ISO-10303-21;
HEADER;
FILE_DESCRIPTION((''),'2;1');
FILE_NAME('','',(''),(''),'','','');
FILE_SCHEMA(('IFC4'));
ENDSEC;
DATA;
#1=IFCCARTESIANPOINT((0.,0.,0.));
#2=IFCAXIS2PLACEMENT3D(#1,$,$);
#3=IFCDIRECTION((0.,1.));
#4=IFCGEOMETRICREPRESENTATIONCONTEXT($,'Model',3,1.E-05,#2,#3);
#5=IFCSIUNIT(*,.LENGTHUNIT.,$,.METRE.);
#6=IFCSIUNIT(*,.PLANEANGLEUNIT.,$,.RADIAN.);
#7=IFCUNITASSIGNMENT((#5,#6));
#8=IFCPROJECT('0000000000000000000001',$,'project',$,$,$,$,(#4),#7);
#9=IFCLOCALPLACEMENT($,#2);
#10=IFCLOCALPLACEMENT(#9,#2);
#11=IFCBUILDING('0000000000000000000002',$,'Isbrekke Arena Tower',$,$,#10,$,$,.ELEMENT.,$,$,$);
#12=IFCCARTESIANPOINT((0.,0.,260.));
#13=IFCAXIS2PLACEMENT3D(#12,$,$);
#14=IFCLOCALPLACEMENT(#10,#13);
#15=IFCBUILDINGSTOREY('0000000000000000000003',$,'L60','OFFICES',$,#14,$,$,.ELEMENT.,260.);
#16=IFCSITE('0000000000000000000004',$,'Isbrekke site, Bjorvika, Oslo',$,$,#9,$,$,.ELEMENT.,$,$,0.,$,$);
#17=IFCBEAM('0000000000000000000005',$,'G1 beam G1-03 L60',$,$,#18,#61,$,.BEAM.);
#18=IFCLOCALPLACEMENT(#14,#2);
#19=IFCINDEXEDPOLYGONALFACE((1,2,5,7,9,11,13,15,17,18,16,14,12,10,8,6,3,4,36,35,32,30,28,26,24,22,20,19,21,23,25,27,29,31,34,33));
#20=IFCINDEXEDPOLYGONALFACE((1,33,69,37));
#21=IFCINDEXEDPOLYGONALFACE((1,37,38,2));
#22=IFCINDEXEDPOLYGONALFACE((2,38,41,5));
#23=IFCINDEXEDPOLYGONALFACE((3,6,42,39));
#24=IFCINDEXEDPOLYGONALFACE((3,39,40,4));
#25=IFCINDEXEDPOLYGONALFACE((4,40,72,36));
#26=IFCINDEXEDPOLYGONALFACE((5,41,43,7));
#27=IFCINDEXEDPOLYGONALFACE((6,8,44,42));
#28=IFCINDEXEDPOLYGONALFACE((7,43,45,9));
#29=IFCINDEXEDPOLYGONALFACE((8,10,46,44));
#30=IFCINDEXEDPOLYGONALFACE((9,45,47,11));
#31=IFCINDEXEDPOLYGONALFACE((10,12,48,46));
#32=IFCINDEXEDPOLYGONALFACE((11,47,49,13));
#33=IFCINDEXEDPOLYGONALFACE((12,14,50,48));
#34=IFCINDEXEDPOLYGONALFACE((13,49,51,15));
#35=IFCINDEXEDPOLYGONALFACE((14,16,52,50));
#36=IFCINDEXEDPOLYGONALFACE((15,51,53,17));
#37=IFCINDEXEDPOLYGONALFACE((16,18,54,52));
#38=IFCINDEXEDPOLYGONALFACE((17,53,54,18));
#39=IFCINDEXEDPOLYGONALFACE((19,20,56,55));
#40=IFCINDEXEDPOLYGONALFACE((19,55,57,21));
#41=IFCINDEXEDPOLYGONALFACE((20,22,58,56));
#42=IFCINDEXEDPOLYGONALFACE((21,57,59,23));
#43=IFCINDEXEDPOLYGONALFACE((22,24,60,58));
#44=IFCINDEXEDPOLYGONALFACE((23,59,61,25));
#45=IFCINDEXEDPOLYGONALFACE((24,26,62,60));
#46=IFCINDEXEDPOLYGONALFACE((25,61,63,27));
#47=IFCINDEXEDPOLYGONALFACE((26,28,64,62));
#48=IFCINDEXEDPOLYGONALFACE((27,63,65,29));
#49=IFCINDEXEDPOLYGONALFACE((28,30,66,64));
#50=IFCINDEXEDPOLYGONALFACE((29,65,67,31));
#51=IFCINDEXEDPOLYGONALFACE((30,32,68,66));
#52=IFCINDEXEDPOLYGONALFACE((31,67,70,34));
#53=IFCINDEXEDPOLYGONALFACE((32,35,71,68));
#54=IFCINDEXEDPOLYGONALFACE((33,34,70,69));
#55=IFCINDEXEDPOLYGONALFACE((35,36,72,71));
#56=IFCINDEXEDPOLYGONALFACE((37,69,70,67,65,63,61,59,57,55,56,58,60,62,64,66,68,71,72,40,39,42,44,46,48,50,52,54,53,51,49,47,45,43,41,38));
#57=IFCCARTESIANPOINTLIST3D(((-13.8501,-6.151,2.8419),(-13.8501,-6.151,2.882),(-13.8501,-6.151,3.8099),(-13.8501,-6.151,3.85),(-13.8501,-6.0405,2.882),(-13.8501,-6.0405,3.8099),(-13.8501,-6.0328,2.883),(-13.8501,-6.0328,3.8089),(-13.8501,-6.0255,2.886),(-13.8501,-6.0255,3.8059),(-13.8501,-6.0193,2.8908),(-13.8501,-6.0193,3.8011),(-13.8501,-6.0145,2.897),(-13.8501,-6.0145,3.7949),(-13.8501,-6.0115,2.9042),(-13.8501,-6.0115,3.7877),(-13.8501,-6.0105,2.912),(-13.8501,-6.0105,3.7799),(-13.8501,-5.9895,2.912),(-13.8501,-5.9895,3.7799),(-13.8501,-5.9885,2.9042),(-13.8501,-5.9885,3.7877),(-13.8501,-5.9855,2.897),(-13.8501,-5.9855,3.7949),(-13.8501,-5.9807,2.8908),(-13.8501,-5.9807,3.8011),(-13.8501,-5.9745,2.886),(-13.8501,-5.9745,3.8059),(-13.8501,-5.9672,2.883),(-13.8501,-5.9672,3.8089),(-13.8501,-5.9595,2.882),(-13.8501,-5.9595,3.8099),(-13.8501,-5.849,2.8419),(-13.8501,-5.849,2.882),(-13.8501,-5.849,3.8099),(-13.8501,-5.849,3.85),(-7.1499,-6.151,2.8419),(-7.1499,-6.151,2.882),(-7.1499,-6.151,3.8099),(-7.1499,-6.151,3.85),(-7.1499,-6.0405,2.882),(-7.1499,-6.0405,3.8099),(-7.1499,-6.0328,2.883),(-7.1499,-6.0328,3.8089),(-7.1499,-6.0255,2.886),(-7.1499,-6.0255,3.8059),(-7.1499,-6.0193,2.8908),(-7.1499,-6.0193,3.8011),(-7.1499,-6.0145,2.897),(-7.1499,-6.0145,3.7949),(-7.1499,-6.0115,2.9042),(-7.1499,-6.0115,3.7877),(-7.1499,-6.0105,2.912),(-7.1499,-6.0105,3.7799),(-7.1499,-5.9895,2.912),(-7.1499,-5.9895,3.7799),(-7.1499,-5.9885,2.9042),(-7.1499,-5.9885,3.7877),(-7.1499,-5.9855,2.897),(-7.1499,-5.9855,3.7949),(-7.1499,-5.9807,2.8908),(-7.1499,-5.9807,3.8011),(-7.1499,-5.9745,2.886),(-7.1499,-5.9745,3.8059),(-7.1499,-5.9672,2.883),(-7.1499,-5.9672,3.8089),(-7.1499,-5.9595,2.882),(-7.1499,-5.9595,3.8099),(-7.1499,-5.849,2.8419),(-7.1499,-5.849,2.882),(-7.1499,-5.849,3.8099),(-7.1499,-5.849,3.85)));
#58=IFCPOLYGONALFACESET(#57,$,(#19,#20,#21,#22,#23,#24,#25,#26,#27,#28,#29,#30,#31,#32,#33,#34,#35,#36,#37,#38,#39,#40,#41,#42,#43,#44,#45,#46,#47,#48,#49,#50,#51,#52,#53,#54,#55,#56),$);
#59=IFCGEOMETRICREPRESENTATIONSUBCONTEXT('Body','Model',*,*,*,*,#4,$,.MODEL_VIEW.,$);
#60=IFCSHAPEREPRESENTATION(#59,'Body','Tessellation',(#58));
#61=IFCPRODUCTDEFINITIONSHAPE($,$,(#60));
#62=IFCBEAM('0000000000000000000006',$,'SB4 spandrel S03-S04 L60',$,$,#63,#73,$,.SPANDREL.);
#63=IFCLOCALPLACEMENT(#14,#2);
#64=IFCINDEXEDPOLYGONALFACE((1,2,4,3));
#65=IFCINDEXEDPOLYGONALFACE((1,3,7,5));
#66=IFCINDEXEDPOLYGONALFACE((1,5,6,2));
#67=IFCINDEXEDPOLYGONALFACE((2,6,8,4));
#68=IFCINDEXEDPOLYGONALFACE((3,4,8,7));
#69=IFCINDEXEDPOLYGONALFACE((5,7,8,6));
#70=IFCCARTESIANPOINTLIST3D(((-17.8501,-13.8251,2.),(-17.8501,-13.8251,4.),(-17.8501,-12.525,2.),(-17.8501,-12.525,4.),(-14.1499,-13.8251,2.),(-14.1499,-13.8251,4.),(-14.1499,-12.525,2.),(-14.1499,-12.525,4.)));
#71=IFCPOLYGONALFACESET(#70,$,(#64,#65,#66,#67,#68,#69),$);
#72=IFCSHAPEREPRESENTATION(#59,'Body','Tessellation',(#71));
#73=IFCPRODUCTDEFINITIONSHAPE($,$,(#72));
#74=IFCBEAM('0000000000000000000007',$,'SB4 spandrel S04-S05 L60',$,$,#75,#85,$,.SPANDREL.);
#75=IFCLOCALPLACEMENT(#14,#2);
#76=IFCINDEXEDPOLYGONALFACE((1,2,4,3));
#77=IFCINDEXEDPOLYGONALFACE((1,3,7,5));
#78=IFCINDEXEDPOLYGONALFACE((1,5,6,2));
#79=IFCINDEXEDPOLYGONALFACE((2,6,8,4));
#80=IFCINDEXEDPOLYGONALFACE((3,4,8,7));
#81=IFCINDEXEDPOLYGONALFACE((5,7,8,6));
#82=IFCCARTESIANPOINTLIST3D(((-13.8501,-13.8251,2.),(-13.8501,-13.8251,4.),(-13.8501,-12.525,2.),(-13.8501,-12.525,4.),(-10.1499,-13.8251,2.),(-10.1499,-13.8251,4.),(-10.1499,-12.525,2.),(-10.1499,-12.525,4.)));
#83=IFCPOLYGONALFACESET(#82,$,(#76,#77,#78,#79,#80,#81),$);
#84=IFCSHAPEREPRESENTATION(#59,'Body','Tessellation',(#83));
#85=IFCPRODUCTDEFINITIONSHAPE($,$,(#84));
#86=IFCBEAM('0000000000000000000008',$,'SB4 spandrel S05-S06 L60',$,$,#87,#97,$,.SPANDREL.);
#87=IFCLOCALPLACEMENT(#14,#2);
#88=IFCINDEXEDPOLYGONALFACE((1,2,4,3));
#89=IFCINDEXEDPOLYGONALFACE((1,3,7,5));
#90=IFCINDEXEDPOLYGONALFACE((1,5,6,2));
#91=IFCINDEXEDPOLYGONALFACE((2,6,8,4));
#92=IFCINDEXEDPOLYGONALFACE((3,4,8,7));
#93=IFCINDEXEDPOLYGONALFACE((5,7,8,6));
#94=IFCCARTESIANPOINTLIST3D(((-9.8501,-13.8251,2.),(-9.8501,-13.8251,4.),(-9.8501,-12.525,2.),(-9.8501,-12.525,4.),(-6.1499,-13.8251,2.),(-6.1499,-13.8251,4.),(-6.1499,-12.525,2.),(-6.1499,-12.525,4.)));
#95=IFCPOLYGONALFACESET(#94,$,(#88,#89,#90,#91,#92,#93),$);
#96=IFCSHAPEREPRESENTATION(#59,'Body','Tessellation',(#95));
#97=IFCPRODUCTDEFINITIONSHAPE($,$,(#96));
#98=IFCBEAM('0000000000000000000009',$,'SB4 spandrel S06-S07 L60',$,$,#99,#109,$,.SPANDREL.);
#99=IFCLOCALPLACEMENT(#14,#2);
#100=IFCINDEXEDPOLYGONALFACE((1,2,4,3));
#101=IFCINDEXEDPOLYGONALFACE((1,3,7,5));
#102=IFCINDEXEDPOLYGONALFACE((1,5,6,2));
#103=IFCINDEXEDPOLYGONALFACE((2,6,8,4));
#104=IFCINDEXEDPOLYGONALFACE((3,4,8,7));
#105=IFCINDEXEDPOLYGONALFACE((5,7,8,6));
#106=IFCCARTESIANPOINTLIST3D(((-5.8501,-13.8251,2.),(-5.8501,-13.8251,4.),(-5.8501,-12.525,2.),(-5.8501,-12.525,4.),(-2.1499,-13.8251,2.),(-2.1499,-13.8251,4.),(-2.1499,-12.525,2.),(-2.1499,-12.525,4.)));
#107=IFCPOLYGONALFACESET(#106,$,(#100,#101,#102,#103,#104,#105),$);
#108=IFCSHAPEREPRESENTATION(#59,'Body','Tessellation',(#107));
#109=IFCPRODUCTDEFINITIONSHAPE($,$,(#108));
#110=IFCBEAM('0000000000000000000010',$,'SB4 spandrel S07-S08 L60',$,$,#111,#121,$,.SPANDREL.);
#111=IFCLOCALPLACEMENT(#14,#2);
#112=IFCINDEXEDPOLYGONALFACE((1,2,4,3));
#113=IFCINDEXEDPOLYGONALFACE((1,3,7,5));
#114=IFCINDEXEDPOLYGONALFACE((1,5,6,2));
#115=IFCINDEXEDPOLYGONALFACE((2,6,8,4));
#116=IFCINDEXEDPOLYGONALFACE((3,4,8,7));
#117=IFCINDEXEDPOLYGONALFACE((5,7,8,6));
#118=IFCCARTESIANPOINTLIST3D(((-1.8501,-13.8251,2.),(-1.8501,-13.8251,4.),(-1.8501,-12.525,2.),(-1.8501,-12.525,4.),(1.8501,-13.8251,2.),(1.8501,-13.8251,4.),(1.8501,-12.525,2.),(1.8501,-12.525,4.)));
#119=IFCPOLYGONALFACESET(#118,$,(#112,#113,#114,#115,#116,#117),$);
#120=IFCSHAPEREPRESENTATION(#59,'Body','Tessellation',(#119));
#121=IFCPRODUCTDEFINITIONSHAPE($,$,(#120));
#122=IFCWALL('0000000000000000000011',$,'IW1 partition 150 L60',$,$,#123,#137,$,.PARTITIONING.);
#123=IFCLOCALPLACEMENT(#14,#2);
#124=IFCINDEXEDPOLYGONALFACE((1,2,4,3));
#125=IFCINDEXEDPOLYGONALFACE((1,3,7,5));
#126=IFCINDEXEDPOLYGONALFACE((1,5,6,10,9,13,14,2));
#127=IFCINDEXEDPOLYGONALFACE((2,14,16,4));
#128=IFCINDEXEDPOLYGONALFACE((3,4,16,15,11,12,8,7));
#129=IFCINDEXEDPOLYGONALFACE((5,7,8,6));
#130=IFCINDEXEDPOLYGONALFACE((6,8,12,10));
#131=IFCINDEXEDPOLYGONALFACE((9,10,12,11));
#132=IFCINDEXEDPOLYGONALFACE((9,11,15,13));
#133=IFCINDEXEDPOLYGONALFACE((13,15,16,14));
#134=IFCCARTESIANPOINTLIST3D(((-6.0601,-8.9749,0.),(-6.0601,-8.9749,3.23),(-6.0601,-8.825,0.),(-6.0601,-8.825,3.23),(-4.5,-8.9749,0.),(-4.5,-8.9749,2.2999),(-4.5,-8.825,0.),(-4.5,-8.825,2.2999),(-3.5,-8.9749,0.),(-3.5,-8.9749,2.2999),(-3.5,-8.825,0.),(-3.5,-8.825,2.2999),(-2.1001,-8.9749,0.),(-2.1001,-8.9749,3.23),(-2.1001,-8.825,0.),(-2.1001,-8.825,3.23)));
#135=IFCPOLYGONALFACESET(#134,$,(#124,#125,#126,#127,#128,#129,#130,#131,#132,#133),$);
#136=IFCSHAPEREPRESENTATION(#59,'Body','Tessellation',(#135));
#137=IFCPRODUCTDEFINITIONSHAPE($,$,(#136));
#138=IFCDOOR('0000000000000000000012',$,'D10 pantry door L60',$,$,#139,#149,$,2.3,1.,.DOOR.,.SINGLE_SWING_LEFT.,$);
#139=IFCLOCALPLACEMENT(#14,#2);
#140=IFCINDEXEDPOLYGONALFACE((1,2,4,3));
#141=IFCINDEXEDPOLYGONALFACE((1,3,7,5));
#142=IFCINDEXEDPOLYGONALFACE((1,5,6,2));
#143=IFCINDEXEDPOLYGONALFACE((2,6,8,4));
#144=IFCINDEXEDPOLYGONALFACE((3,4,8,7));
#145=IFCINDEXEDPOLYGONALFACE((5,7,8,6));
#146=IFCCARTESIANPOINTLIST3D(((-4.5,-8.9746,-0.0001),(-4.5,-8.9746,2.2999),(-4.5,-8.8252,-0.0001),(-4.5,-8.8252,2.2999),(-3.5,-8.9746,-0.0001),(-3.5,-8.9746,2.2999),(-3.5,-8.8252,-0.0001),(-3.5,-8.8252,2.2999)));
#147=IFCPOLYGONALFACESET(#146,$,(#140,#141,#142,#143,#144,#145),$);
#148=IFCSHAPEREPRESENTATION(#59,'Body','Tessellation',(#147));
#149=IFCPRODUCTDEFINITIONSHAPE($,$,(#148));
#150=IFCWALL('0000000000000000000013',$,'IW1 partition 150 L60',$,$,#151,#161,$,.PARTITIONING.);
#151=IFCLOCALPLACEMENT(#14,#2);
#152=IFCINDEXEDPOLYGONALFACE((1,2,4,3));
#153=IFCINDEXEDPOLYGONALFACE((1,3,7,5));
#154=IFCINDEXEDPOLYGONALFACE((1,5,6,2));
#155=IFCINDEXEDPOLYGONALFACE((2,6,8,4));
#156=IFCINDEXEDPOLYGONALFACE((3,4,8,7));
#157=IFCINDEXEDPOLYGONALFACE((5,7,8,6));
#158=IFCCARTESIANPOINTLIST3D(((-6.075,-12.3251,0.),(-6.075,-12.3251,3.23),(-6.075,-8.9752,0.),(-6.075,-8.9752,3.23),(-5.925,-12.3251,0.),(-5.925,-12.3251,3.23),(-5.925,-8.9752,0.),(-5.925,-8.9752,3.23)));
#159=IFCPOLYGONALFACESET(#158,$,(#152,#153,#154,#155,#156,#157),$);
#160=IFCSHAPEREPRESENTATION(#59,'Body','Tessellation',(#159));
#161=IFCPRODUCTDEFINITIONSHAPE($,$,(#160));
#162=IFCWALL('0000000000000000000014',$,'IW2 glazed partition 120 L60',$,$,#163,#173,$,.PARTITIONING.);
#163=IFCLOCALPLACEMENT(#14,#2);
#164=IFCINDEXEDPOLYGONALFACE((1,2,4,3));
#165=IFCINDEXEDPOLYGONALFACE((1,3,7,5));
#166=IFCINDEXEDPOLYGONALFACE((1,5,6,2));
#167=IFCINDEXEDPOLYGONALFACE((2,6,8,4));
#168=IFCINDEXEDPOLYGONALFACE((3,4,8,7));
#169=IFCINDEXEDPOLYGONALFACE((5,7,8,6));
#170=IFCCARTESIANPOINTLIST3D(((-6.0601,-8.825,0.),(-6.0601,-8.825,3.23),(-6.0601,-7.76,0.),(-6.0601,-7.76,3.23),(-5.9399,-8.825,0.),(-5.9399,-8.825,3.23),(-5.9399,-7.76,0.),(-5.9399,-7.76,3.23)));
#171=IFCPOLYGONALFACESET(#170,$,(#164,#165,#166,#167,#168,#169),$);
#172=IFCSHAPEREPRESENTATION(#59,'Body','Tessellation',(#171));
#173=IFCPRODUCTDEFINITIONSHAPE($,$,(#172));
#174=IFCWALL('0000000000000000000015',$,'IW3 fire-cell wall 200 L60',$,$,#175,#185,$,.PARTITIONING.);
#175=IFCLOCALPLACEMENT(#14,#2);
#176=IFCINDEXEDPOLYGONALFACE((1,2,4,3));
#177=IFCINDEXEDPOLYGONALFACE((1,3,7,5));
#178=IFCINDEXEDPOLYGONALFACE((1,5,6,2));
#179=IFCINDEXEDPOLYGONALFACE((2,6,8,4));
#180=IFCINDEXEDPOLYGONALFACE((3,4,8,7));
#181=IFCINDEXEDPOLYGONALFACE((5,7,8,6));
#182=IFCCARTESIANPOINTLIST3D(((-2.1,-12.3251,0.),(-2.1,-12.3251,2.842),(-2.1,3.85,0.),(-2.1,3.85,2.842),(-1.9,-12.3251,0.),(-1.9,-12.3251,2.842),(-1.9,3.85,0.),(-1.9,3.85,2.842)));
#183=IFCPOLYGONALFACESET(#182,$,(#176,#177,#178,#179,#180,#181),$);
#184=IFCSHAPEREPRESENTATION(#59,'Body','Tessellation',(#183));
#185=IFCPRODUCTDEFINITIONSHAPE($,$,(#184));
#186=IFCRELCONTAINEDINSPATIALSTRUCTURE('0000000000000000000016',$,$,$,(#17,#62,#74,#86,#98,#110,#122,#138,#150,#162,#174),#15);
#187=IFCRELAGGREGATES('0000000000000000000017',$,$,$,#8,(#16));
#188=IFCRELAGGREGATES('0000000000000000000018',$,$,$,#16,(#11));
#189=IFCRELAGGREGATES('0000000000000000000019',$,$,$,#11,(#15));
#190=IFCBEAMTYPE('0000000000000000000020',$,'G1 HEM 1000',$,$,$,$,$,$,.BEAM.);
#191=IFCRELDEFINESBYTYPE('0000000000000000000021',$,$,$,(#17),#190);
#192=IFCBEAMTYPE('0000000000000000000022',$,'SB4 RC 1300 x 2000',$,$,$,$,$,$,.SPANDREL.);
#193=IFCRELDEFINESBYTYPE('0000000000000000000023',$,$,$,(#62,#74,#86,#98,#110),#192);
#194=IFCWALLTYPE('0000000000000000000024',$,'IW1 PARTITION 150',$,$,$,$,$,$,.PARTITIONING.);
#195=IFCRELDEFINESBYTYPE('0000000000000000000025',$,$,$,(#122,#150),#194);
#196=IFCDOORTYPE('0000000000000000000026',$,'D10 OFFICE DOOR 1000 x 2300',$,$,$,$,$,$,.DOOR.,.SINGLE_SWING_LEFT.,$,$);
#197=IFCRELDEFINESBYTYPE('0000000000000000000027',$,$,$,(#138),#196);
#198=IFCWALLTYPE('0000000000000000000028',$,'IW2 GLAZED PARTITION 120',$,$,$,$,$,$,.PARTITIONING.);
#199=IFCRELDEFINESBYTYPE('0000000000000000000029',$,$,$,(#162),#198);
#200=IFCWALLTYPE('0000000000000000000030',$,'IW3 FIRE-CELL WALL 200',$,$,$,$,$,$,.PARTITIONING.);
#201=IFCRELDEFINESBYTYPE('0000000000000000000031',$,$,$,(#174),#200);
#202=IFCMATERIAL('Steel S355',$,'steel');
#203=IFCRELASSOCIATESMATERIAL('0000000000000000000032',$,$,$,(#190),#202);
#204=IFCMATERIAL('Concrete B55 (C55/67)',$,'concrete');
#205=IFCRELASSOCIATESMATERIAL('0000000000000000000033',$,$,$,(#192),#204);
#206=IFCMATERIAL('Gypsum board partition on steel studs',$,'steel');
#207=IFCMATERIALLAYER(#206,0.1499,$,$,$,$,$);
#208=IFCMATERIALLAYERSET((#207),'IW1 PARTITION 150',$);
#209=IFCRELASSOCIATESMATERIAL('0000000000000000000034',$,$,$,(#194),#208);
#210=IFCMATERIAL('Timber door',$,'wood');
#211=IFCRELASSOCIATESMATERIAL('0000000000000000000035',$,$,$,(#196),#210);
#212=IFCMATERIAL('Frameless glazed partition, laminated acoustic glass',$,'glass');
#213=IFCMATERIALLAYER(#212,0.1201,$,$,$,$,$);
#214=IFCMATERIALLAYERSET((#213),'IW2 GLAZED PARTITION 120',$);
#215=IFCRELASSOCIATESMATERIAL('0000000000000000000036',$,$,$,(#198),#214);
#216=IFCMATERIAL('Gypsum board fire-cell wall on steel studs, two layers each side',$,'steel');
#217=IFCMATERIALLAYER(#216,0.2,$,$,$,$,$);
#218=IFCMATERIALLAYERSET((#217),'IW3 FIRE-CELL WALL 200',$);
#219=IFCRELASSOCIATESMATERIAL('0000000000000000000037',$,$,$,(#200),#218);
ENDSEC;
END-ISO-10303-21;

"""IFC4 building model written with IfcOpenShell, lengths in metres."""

from ifc_helpers import new_model, si_unit, direction, frame, frame_2d, origin, origin_2d, place, context, subcontext, project, spatial, rectangle, i_section, extrude, material, layer, layer_set, material_profile, profile_set, type_object, element, fill, save


model = new_model("IFC4")

# Units and contexts
model_context = context("Model", 3, precision=1e-05, world=origin(), true_north=direction((0.0, 1.0)))
body_context = subcontext(model_context, "Body", "Model", "MODEL_VIEW")
ifc_project = project(units=[si_unit("LENGTHUNIT", "METRE"), si_unit("PLANEANGLEUNIT", "RADIAN")], contexts=[model_context])

# Site, building, storey
site_placement = place(None, origin())
site = spatial("IfcSite", under=ifc_project, at=site_placement, Name="Isbrekke site, Bjorvika, Oslo", CompositionType="ELEMENT", RefElevation=0.0)
building_placement = place(site_placement, origin())
building = spatial("IfcBuilding", under=site, at=building_placement, Name="Isbrekke Arena Tower", CompositionType="ELEMENT")
storey_placement = place(building_placement, frame((0.0, 0.0, 260.0)))
storey = spatial("IfcBuildingStorey", under=building, at=storey_placement, Name="L60", Description="OFFICES", CompositionType="ELEMENT", Elevation=260.0)

# Beams
ifc_material_1 = material(Name="Steel S355", Category="steel")
ifc_material_profile_1 = material_profile(ifc_material_1, i_section(OverallWidth=0.302, OverallDepth=1.0081, WebThickness=0.021, FlangeThickness=0.04, FilletRadius=0.03, at=origin_2d()), Name="HEM 1000")
ifc_profile_set_1 = profile_set([ifc_material_profile_1], Name="Steel S355")
beam_type_1 = type_object("IfcBeamType", Name="G1 HEM 1000", PredefinedType="BEAM", material=ifc_profile_set_1)
for number, where, z_axis, x_axis, name in (
    (1, (-13.8501, -6.0, 3.3459), (1.0, 0.0, 0.0), (0.0, 1.0, 0.0), "G1 beam G1-03 L60"),
):
    element("IfcBeam", number, at=place(storey_placement, frame(where, z_axis=z_axis, x_axis=x_axis)), inside=storey, type_object=beam_type_1, Name=name, PredefinedType="BEAM", context=body_context, shape_type="SweptSolid", body=[
        extrude(i_section(OverallWidth=0.302, OverallDepth=1.0081, WebThickness=0.021, FlangeThickness=0.04, FilletRadius=0.03, at=origin_2d()), origin(), (0.0, 0.0, 1.0), 6.7002),
    ])
ifc_material_2 = material(Name="Concrete B55 (C55/67)", Category="concrete")
ifc_material_profile_2 = material_profile(ifc_material_2, rectangle(XDim=1.3, YDim=2.0, at=origin_2d()), Name="RC 1300x2000")
ifc_profile_set_2 = profile_set([ifc_material_profile_2], Name="Concrete B55 (C55/67)")
beam_type_2 = type_object("IfcBeamType", Name="SB4 RC 1300 x 2000", PredefinedType="SPANDREL", material=ifc_profile_set_2)
for number, where, z_axis, x_axis, name in (
    (2, (-17.8501, -13.175, 3.0), (1.0, 0.0, 0.0), (0.0, 1.0, 0.0), "SB4 spandrel S03-S04 L60"),
    (3, (-13.8501, -13.175, 3.0), (1.0, 0.0, 0.0), (0.0, 1.0, 0.0), "SB4 spandrel S04-S05 L60"),
    (4, (-9.8501, -13.175, 3.0), (1.0, 0.0, 0.0), (0.0, 1.0, 0.0), "SB4 spandrel S05-S06 L60"),
    (5, (-5.8501, -13.175, 3.0), (1.0, 0.0, 0.0), (0.0, 1.0, 0.0), "SB4 spandrel S06-S07 L60"),
    (6, (-1.8501, -13.175, 3.0), (1.0, 0.0, 0.0), (0.0, 1.0, 0.0), "SB4 spandrel S07-S08 L60"),
):
    element("IfcBeam", number, at=place(storey_placement, frame(where, z_axis=z_axis, x_axis=x_axis)), inside=storey, type_object=beam_type_2, Name=name, PredefinedType="SPANDREL", context=body_context, shape_type="SweptSolid", body=[
        extrude(rectangle(XDim=1.3, YDim=2.0, at=origin_2d()), origin(), (0.0, 0.0, 1.0), 3.7002),
    ])

# Wall, opening, door
ifc_material_3 = material(Name="Gypsum board partition on steel studs", Category="steel")
ifc_layer_1 = layer(ifc_material_3, 0.1499)
ifc_layer_set_1 = layer_set([ifc_layer_1], Name="IW1 PARTITION 150")
wall_type_1 = type_object("IfcWallType", Name="IW1 PARTITION 150", PredefinedType="PARTITIONING", material=ifc_layer_set_1)
wall_1_placement = place(storey_placement, frame((-6.0601, -8.8999, 0.0), z_axis=(0.0, 0.0, 1.0), x_axis=(1.0, 0.0, 0.0)))
wall_1 = element("IfcWall", 7, at=wall_1_placement, inside=storey, type_object=wall_type_1, Name="IW1 partition 150 L60", PredefinedType="PARTITIONING", context=body_context, shape_type="SweptSolid", body=[
    extrude(rectangle(XDim=3.96, YDim=0.1499, at=frame_2d((1.98, 0.0))), origin(), (0.0, 0.0, 1.0), 3.23),
])
opening_placement = place(wall_1_placement, frame((1.5601, 0.0, 0.0)))
opening = element("IfcOpeningElement", 8, at=opening_placement, cuts=wall_1, PredefinedType="OPENING", context=body_context, shape_type="SweptSolid", body=[
    extrude(rectangle(XDim=1.0, YDim=2.3, at=frame_2d((0.5, 1.1499))), frame((0.0, 0.0898, 0.0), z_axis=(0.0, -1.0, 0.0), x_axis=(1.0, 0.0, 0.0)), (0.0, 0.0, 1.0), 0.1797),
])
ifc_material_4 = material(Name="Timber door", Category="wood")
door_type = type_object("IfcDoorType", Name="D10 OFFICE DOOR 1000 x 2300", OperationType="SINGLE_SWING_LEFT", PredefinedType="DOOR", material=ifc_material_4)
door_placement = place(opening_placement, origin())
door = element("IfcDoor", 9, at=door_placement, inside=storey, type_object=door_type, Name="D10 pantry door L60", OperationType="SINGLE_SWING_LEFT", OverallHeight=2.3, OverallWidth=1.0, PredefinedType="DOOR", context=body_context, shape_type="SweptSolid", body=[
    extrude(rectangle(XDim=1.0, YDim=2.3, at=frame_2d((0.5, 1.1499))), frame((0.0, 0.0747, 0.0), z_axis=(0.0, -1.0, 0.0), x_axis=(1.0, 0.0, 0.0)), (0.0, 0.0, 1.0), 0.1494),
])
fill(opening, door)

# Walls
wall_2_placement = place(storey_placement, frame((-6.0, -12.325, 0.0), z_axis=(0.0, 0.0, 1.0), x_axis=(0.0, 1.0, 0.0)))
element("IfcWall", 10, at=wall_2_placement, inside=storey, type_object=wall_type_1, Name="IW1 partition 150 L60", PredefinedType="PARTITIONING", context=body_context, shape_type="SweptSolid", body=[
    extrude(rectangle(XDim=3.3499, YDim=0.1499, at=frame_2d((1.6748, 0.0))), origin(), (0.0, 0.0, 1.0), 3.23),
])
ifc_material_5 = material(Name="Frameless glazed partition, laminated acoustic glass", Category="glass")
ifc_layer_2 = layer(ifc_material_5, 0.1201)
ifc_layer_set_2 = layer_set([ifc_layer_2], Name="IW2 GLAZED PARTITION 120")
wall_type_2 = type_object("IfcWallType", Name="IW2 GLAZED PARTITION 120", PredefinedType="PARTITIONING", material=ifc_layer_set_2)
wall_3_placement = place(storey_placement, frame((-6.0, -8.825, 0.0), z_axis=(0.0, 0.0, 1.0), x_axis=(0.0, 1.0, 0.0)))
element("IfcWall", 11, at=wall_3_placement, inside=storey, type_object=wall_type_2, Name="IW2 glazed partition 120 L60", PredefinedType="PARTITIONING", context=body_context, shape_type="SweptSolid", body=[
    extrude(rectangle(XDim=1.0649, YDim=0.1201, at=frame_2d((0.5325, 0.0))), origin(), (0.0, 0.0, 1.0), 3.23),
])
ifc_material_6 = material(Name="Gypsum board fire-cell wall on steel studs, two layers each side", Category="steel")
ifc_layer_3 = layer(ifc_material_6, 0.2)
ifc_layer_set_3 = layer_set([ifc_layer_3], Name="IW3 FIRE-CELL WALL 200")
wall_type_3 = type_object("IfcWallType", Name="IW3 FIRE-CELL WALL 200", PredefinedType="PARTITIONING", material=ifc_layer_set_3)
wall_4_placement = place(storey_placement, frame((-2.0, -12.325, 0.0), z_axis=(0.0, 0.0, 1.0), x_axis=(0.0, 1.0, 0.0)))
element("IfcWall", 12, at=wall_4_placement, inside=storey, type_object=wall_type_3, Name="IW3 fire-cell wall 200 L60", PredefinedType="PARTITIONING", context=body_context, shape_type="SweptSolid", body=[
    extrude(rectangle(XDim=16.175, YDim=0.2, at=frame_2d((8.0874, 0.0))), origin(), (0.0, 0.0, 1.0), 2.842),
])

save(model, "model.ifc")
